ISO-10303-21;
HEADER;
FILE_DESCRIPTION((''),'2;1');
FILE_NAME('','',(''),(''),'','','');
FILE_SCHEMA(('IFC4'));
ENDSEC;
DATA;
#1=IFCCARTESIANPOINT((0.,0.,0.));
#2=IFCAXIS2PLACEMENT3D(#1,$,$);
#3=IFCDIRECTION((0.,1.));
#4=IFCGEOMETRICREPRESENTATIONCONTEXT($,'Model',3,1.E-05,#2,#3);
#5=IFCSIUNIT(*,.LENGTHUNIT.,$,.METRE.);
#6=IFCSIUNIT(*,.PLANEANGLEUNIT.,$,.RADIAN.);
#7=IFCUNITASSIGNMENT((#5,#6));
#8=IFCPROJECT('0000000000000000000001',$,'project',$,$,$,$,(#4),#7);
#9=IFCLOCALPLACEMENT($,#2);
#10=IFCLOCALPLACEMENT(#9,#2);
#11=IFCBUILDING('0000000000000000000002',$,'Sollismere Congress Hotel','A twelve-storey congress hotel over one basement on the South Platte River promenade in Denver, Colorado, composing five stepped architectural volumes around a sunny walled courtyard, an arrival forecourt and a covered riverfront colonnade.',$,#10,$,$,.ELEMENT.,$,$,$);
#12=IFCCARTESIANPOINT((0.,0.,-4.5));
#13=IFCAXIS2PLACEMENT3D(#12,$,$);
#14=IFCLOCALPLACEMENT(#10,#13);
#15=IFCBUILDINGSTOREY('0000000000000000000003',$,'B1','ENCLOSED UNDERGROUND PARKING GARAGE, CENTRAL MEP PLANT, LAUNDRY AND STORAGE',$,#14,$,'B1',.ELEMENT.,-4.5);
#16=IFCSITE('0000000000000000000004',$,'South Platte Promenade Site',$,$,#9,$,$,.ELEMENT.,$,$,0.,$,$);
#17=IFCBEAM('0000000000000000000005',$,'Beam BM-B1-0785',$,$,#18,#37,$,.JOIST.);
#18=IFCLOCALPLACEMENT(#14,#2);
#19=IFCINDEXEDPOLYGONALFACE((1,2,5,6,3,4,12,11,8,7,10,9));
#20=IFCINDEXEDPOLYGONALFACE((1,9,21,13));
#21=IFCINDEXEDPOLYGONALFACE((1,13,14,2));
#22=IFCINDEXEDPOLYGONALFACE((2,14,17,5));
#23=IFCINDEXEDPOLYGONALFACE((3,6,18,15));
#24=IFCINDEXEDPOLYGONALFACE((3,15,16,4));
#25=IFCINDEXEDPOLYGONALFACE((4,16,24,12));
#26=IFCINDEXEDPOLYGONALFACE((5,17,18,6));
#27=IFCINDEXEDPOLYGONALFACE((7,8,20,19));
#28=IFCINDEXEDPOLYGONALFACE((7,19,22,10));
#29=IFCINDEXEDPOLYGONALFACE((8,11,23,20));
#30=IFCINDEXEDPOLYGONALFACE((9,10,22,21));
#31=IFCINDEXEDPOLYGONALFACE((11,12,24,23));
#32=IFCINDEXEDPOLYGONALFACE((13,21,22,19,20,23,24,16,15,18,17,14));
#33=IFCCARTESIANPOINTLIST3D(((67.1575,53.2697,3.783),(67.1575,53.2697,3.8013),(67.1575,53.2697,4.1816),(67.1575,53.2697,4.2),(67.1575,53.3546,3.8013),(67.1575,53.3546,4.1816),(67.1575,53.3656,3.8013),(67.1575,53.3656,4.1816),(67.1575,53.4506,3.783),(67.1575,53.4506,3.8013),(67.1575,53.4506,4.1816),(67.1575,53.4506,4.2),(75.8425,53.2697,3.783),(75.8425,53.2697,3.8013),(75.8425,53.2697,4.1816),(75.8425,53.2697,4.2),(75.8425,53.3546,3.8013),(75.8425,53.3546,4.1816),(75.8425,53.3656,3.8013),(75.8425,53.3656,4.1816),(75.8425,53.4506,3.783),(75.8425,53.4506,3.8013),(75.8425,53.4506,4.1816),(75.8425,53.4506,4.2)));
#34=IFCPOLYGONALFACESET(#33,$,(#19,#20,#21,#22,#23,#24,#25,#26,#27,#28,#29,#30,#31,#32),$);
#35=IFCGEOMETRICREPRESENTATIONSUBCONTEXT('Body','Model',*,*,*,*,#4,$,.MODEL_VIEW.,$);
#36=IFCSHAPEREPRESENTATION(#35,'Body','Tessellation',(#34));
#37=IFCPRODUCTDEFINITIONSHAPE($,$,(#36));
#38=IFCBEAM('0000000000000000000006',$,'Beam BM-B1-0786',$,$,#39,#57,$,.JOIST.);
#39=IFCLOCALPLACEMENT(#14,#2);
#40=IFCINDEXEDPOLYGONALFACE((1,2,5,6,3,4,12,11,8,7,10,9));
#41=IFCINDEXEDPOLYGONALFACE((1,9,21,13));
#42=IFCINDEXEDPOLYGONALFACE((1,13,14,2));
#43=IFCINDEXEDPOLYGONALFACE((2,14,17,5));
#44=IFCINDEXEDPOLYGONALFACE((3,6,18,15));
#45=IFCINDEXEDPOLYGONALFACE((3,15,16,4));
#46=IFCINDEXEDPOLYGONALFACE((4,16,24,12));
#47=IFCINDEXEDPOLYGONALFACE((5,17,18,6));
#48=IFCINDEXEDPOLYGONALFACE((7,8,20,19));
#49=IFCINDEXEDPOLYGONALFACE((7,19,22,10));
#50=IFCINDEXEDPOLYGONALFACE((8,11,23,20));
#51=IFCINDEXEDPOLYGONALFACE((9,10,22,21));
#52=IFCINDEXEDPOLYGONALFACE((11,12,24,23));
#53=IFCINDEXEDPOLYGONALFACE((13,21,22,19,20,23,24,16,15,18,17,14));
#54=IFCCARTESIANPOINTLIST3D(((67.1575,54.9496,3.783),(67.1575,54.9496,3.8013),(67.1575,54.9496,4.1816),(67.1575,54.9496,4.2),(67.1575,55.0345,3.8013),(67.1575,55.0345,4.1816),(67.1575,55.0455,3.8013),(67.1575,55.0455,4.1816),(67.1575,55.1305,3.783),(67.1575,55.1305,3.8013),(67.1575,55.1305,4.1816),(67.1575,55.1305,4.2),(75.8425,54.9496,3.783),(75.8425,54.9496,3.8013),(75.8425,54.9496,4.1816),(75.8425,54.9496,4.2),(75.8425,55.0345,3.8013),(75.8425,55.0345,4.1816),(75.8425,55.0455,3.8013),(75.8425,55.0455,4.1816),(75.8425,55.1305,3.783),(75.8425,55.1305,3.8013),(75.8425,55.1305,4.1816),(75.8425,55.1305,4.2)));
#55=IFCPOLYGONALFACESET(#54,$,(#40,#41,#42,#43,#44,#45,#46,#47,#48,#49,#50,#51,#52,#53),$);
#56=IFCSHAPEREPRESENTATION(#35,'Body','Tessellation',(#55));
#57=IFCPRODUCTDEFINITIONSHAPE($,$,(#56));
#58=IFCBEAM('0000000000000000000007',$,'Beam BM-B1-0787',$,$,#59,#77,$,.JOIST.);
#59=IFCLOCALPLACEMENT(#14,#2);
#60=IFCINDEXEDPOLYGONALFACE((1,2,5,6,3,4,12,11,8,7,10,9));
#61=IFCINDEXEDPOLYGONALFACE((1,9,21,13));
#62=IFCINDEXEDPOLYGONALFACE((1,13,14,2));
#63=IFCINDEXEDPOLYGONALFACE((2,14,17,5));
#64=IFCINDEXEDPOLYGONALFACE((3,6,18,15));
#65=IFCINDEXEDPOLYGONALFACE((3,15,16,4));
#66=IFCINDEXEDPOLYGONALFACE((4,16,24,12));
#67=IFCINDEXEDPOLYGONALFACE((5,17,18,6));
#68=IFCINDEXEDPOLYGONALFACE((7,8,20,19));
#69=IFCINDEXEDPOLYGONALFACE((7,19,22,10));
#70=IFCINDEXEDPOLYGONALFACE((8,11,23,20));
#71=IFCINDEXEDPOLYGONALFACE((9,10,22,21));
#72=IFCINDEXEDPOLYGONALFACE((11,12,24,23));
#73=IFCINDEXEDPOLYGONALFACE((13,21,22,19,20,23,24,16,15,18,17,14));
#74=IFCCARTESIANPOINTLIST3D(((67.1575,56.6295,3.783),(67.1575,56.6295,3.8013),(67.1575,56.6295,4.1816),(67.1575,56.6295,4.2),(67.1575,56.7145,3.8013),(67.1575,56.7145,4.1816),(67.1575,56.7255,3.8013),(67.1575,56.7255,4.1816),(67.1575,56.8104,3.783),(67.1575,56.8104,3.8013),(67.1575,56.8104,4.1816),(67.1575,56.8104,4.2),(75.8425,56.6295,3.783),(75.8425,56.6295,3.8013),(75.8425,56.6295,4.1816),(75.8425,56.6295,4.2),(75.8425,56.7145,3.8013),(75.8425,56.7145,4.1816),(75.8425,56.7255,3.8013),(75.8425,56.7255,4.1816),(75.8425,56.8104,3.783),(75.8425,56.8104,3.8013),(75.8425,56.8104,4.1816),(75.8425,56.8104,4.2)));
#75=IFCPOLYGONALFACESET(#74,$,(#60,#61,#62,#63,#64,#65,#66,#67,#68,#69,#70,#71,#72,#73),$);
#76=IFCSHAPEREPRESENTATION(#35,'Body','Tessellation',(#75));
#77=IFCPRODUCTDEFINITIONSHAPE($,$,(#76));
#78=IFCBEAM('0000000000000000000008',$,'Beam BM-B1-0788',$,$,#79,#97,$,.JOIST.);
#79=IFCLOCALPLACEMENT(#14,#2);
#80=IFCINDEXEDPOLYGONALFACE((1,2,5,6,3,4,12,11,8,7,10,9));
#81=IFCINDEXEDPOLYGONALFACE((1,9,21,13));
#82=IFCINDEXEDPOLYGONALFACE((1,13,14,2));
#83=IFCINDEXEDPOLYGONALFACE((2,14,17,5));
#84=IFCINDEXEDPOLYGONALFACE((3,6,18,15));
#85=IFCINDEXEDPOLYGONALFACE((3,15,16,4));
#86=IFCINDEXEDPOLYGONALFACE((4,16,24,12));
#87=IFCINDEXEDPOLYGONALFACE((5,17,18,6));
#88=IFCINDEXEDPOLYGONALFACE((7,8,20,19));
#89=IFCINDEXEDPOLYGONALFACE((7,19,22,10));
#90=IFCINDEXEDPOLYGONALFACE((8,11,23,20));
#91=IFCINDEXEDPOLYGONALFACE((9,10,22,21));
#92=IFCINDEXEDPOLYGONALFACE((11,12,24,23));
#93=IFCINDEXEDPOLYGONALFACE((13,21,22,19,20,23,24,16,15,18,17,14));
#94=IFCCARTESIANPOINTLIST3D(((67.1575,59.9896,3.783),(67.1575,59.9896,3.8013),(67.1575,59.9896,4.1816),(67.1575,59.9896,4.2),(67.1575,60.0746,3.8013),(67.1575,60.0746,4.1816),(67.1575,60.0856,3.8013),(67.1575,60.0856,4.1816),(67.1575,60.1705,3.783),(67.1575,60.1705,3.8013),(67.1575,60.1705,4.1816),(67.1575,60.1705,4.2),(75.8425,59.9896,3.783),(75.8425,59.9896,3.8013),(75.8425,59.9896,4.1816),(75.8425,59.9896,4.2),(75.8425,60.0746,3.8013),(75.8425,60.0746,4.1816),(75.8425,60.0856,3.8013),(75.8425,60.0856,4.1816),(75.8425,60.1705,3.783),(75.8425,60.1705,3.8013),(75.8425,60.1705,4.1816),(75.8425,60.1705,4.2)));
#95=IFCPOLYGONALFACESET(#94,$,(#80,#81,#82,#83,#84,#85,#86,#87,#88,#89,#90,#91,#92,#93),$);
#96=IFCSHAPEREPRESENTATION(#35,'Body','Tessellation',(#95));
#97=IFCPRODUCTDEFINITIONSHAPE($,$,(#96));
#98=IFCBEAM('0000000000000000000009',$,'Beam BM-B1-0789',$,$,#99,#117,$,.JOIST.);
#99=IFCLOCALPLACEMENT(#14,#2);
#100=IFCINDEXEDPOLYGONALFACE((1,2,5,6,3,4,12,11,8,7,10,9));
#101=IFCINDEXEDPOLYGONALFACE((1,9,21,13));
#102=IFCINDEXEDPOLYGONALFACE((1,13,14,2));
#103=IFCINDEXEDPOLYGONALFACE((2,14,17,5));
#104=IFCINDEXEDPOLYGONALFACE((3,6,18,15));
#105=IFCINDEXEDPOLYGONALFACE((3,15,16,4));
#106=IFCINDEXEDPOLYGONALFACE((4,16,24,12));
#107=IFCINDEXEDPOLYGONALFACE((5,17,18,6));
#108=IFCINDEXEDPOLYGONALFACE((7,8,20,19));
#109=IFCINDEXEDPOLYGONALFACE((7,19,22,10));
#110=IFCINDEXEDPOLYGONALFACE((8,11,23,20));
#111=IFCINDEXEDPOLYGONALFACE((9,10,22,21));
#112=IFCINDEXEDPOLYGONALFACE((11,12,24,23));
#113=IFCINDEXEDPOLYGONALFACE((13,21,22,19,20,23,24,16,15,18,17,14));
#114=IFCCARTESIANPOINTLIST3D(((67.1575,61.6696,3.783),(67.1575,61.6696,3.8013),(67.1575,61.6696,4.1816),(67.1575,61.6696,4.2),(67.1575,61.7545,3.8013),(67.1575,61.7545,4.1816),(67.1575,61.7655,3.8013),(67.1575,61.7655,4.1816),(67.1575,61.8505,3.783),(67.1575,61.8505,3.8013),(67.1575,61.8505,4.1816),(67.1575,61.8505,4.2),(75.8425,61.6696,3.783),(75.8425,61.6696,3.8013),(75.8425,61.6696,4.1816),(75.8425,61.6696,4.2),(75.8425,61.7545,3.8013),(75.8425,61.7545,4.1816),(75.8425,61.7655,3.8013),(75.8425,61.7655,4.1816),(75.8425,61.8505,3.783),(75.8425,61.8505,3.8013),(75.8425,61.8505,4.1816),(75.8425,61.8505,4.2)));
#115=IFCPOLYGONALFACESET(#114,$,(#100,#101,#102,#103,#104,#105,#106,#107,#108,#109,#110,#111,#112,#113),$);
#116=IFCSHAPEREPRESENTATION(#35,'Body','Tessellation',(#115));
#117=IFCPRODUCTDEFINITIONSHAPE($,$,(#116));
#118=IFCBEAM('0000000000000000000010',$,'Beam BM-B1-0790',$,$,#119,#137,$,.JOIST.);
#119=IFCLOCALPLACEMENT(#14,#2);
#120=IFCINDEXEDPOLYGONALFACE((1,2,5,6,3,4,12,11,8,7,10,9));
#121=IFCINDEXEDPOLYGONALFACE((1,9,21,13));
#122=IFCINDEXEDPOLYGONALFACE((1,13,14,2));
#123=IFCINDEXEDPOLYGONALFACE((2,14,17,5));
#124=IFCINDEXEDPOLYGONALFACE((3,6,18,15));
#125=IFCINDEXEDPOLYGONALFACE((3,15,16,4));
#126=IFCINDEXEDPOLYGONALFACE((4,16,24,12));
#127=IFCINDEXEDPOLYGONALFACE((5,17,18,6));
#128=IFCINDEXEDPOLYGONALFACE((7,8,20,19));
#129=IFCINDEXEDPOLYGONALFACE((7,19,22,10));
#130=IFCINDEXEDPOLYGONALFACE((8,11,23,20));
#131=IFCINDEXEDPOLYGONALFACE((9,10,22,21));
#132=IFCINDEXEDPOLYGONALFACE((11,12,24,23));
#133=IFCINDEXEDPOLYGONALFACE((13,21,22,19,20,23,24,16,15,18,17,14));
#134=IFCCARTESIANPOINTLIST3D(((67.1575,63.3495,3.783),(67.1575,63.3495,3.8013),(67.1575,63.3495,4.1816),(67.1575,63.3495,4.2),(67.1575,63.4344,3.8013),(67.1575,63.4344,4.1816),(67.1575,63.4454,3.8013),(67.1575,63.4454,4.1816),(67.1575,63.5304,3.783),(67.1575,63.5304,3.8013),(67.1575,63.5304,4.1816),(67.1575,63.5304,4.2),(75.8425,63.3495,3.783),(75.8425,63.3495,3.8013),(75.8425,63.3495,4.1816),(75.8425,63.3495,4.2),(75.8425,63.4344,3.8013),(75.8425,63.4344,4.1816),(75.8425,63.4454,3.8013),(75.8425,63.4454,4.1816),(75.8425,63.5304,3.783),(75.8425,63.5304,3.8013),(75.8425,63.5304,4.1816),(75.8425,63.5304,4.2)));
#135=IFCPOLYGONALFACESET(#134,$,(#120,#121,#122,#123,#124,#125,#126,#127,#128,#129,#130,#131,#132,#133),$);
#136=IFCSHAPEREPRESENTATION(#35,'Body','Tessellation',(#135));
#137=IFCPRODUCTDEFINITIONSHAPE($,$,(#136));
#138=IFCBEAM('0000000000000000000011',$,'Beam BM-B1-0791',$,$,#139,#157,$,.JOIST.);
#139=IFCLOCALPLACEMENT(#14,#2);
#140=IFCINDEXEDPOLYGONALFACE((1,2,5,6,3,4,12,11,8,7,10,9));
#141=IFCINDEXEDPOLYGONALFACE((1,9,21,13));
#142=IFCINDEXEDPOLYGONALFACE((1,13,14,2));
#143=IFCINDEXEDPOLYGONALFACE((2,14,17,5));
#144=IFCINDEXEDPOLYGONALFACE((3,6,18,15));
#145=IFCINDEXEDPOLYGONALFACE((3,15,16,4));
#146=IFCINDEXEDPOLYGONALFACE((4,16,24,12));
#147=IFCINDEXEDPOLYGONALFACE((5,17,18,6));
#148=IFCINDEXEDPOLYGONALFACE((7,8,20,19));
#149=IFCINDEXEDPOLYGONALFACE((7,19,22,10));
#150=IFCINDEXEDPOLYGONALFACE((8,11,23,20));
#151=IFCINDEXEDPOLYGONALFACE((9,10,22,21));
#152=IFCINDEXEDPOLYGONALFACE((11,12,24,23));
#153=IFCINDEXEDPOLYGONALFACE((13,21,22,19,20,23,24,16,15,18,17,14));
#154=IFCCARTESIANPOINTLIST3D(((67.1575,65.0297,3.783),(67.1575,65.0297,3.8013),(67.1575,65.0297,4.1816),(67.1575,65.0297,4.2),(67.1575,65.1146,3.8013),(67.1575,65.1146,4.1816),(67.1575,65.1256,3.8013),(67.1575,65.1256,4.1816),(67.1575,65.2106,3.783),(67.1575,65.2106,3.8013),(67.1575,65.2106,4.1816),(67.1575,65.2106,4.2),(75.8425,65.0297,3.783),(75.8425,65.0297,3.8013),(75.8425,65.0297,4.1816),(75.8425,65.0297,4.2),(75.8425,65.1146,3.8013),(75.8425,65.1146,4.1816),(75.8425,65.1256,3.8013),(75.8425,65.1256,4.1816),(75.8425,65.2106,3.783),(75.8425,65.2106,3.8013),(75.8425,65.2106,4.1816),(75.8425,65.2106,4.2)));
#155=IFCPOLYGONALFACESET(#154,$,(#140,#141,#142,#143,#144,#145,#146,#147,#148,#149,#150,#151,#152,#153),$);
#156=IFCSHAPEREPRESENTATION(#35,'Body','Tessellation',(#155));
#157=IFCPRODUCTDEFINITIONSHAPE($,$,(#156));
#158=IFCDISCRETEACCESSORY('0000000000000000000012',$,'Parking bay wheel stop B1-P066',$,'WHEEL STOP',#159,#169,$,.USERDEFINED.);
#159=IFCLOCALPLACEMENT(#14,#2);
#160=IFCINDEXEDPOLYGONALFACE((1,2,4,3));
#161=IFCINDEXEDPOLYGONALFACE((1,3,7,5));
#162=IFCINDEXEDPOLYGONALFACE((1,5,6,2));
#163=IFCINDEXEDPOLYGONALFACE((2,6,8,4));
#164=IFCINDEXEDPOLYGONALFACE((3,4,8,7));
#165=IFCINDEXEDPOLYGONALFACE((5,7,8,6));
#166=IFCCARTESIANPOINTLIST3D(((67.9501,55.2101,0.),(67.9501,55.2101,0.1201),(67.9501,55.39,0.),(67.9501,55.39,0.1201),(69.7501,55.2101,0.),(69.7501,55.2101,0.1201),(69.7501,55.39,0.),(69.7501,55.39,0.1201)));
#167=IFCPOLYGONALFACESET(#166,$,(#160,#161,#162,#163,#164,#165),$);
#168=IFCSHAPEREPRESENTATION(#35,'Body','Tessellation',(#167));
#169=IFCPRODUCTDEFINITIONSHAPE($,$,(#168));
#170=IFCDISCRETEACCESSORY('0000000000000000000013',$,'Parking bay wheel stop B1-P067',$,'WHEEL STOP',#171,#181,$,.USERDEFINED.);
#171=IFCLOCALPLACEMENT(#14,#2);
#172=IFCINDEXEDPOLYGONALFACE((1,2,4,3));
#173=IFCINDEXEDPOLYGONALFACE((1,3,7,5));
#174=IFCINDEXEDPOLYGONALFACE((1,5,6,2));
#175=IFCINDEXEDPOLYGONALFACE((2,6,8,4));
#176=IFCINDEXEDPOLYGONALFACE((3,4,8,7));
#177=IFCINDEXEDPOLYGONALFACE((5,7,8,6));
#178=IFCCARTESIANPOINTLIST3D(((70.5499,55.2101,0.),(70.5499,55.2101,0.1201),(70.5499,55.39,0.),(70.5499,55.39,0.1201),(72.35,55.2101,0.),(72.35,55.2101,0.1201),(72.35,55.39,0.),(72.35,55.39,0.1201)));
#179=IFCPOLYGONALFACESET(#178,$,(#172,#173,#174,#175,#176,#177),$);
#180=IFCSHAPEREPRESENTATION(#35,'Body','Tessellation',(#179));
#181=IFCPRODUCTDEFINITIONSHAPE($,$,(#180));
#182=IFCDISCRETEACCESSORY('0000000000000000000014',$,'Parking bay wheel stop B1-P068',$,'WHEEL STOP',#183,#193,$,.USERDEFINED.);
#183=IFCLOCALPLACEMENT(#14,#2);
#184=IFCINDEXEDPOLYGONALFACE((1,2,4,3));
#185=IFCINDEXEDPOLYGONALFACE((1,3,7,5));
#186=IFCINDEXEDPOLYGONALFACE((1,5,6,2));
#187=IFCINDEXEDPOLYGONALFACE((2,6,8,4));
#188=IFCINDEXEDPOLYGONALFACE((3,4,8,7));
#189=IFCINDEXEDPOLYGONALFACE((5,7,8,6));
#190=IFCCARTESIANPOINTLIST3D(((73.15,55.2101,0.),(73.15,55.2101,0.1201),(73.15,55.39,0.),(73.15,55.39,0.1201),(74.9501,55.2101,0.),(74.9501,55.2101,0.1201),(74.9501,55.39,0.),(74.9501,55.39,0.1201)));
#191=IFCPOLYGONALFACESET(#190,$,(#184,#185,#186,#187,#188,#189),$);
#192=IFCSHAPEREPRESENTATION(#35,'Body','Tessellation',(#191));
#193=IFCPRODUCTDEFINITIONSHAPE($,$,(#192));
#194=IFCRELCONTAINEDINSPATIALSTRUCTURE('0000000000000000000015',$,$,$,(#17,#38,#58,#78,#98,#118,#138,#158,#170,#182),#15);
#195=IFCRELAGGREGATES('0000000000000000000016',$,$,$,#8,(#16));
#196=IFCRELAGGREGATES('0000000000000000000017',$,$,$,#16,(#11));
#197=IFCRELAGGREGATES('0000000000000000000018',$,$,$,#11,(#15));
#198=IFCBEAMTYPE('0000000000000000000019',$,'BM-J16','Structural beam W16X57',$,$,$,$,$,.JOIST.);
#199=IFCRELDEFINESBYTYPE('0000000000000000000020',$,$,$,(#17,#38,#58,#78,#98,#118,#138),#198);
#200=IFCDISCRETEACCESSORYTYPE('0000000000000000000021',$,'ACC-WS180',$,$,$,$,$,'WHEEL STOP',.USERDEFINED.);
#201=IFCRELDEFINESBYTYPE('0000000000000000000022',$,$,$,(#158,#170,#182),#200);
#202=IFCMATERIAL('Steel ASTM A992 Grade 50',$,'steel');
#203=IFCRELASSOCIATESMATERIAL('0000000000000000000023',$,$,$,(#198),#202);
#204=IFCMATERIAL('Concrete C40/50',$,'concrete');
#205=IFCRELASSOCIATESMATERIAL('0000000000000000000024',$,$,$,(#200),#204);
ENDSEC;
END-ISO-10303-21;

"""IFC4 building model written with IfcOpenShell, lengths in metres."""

from ifc_helpers import new_model, si_unit, direction, frame, origin, origin_2d, place, context, subcontext, project, spatial, rectangle, i_section, extrude, material, material_profile, profile_set, type_object, element, save


model = new_model("IFC4")

# Units and contexts
model_context = context("Model", 3, precision=1e-05, world=origin(), true_north=direction((0.0, 1.0)))
body_context = subcontext(model_context, "Body", "Model", "MODEL_VIEW")
ifc_project = project(units=[si_unit("LENGTHUNIT", "METRE"), si_unit("PLANEANGLEUNIT", "RADIAN")], contexts=[model_context])

# Site, building, storey
site_placement = place(None, origin())
site = spatial("IfcSite", under=ifc_project, at=site_placement, Name="South Platte Promenade Site", CompositionType="ELEMENT", RefElevation=0.0)
building_placement = place(site_placement, origin())
building = spatial("IfcBuilding", under=site, at=building_placement, Name="Sollismere Congress Hotel", Description="A twelve-storey congress hotel over one basement on the South Platte River promenade in Denver, Colorado, composing five stepped architectural volumes around a sunny walled courtyard, an arrival forecourt and a covered riverfront colonnade.", CompositionType="ELEMENT")
storey_placement = place(building_placement, frame((0.0, 0.0, -4.5)))
storey = spatial("IfcBuildingStorey", under=building, at=storey_placement, Name="B1", Description="ENCLOSED UNDERGROUND PARKING GARAGE, CENTRAL MEP PLANT, LAUNDRY AND STORAGE", LongName="B1", CompositionType="ELEMENT", Elevation=-4.5)

# Shared definitions
ifc_material_1 = material(Name="Concrete C40/50", Category="concrete")

# Beams
ifc_material_2 = material(Name="Steel ASTM A992 Grade 50", Category="steel")
ifc_material_profile_1 = material_profile(ifc_material_2, i_section(OverallWidth=0.1809, OverallDepth=0.417, WebThickness=0.011, FlangeThickness=0.0183, at=origin_2d()), Name="W16X57")
ifc_profile_set_1 = profile_set([ifc_material_profile_1], Name="Steel ASTM A992 Grade 50")
beam_type_1 = type_object("IfcBeamType", Name="BM-J16", Description="Structural beam W16X57", PredefinedType="JOIST", material=ifc_profile_set_1)
for number, where, z_axis, x_axis, name in (
    (1, (67.1575, 53.3601, 3.9915), (1.0, 0.0, 0.0), (0.0, 1.0, 0.0), "Beam BM-B1-0785"),
    (2, (67.1575, 55.04, 3.9915), (1.0, 0.0, 0.0), (0.0, 1.0, 0.0), "Beam BM-B1-0786"),
    (3, (67.1575, 56.72, 3.9915), (1.0, 0.0, 0.0), (0.0, 1.0, 0.0), "Beam BM-B1-0787"),
    (4, (67.1575, 60.0801, 3.9915), (1.0, 0.0, 0.0), (0.0, 1.0, 0.0), "Beam BM-B1-0788"),
    (5, (67.1575, 61.76, 3.9915), (1.0, 0.0, 0.0), (0.0, 1.0, 0.0), "Beam BM-B1-0789"),
    (6, (67.1575, 63.4399, 3.9915), (1.0, 0.0, 0.0), (0.0, 1.0, 0.0), "Beam BM-B1-0790"),
    (7, (67.1575, 65.1201, 3.9915), (1.0, 0.0, 0.0), (0.0, 1.0, 0.0), "Beam BM-B1-0791"),
):
    element("IfcBeam", number, at=place(storey_placement, frame(where, z_axis=z_axis, x_axis=x_axis)), inside=storey, type_object=beam_type_1, Name=name, PredefinedType="JOIST", context=body_context, shape_type="SweptSolid", body=[
        extrude(i_section(OverallWidth=0.1809, OverallDepth=0.417, WebThickness=0.011, FlangeThickness=0.0183, at=origin_2d()), origin(), (0.0, 0.0, 1.0), 8.6851),
    ])

# Discrete accessories
discrete_accessory_type = type_object("IfcDiscreteAccessoryType", Name="ACC-WS180", ElementType="WHEEL STOP", PredefinedType="USERDEFINED", material=ifc_material_1)
for number, where, z_axis, x_axis, name in (
    (8, (68.8501, 55.3, 0.0), (0.0, 0.0, 1.0), (1.0, 0.0, 0.0), "Parking bay wheel stop B1-P066"),
    (9, (71.45, 55.3, 0.0), (0.0, 0.0, 1.0), (1.0, 0.0, 0.0), "Parking bay wheel stop B1-P067"),
    (10, (74.05, 55.3, 0.0), (0.0, 0.0, 1.0), (1.0, 0.0, 0.0), "Parking bay wheel stop B1-P068"),
):
    element("IfcDiscreteAccessory", number, at=place(storey_placement, frame(where, z_axis=z_axis, x_axis=x_axis)), inside=storey, type_object=discrete_accessory_type, Name=name, ObjectType="WHEEL STOP", PredefinedType="USERDEFINED", context=body_context, shape_type="SweptSolid", body=[
        extrude(rectangle(XDim=1.8, YDim=0.1799, at=origin_2d()), origin(), (0.0, 0.0, 1.0), 0.1201),
    ])

save(model, "model.ifc")
